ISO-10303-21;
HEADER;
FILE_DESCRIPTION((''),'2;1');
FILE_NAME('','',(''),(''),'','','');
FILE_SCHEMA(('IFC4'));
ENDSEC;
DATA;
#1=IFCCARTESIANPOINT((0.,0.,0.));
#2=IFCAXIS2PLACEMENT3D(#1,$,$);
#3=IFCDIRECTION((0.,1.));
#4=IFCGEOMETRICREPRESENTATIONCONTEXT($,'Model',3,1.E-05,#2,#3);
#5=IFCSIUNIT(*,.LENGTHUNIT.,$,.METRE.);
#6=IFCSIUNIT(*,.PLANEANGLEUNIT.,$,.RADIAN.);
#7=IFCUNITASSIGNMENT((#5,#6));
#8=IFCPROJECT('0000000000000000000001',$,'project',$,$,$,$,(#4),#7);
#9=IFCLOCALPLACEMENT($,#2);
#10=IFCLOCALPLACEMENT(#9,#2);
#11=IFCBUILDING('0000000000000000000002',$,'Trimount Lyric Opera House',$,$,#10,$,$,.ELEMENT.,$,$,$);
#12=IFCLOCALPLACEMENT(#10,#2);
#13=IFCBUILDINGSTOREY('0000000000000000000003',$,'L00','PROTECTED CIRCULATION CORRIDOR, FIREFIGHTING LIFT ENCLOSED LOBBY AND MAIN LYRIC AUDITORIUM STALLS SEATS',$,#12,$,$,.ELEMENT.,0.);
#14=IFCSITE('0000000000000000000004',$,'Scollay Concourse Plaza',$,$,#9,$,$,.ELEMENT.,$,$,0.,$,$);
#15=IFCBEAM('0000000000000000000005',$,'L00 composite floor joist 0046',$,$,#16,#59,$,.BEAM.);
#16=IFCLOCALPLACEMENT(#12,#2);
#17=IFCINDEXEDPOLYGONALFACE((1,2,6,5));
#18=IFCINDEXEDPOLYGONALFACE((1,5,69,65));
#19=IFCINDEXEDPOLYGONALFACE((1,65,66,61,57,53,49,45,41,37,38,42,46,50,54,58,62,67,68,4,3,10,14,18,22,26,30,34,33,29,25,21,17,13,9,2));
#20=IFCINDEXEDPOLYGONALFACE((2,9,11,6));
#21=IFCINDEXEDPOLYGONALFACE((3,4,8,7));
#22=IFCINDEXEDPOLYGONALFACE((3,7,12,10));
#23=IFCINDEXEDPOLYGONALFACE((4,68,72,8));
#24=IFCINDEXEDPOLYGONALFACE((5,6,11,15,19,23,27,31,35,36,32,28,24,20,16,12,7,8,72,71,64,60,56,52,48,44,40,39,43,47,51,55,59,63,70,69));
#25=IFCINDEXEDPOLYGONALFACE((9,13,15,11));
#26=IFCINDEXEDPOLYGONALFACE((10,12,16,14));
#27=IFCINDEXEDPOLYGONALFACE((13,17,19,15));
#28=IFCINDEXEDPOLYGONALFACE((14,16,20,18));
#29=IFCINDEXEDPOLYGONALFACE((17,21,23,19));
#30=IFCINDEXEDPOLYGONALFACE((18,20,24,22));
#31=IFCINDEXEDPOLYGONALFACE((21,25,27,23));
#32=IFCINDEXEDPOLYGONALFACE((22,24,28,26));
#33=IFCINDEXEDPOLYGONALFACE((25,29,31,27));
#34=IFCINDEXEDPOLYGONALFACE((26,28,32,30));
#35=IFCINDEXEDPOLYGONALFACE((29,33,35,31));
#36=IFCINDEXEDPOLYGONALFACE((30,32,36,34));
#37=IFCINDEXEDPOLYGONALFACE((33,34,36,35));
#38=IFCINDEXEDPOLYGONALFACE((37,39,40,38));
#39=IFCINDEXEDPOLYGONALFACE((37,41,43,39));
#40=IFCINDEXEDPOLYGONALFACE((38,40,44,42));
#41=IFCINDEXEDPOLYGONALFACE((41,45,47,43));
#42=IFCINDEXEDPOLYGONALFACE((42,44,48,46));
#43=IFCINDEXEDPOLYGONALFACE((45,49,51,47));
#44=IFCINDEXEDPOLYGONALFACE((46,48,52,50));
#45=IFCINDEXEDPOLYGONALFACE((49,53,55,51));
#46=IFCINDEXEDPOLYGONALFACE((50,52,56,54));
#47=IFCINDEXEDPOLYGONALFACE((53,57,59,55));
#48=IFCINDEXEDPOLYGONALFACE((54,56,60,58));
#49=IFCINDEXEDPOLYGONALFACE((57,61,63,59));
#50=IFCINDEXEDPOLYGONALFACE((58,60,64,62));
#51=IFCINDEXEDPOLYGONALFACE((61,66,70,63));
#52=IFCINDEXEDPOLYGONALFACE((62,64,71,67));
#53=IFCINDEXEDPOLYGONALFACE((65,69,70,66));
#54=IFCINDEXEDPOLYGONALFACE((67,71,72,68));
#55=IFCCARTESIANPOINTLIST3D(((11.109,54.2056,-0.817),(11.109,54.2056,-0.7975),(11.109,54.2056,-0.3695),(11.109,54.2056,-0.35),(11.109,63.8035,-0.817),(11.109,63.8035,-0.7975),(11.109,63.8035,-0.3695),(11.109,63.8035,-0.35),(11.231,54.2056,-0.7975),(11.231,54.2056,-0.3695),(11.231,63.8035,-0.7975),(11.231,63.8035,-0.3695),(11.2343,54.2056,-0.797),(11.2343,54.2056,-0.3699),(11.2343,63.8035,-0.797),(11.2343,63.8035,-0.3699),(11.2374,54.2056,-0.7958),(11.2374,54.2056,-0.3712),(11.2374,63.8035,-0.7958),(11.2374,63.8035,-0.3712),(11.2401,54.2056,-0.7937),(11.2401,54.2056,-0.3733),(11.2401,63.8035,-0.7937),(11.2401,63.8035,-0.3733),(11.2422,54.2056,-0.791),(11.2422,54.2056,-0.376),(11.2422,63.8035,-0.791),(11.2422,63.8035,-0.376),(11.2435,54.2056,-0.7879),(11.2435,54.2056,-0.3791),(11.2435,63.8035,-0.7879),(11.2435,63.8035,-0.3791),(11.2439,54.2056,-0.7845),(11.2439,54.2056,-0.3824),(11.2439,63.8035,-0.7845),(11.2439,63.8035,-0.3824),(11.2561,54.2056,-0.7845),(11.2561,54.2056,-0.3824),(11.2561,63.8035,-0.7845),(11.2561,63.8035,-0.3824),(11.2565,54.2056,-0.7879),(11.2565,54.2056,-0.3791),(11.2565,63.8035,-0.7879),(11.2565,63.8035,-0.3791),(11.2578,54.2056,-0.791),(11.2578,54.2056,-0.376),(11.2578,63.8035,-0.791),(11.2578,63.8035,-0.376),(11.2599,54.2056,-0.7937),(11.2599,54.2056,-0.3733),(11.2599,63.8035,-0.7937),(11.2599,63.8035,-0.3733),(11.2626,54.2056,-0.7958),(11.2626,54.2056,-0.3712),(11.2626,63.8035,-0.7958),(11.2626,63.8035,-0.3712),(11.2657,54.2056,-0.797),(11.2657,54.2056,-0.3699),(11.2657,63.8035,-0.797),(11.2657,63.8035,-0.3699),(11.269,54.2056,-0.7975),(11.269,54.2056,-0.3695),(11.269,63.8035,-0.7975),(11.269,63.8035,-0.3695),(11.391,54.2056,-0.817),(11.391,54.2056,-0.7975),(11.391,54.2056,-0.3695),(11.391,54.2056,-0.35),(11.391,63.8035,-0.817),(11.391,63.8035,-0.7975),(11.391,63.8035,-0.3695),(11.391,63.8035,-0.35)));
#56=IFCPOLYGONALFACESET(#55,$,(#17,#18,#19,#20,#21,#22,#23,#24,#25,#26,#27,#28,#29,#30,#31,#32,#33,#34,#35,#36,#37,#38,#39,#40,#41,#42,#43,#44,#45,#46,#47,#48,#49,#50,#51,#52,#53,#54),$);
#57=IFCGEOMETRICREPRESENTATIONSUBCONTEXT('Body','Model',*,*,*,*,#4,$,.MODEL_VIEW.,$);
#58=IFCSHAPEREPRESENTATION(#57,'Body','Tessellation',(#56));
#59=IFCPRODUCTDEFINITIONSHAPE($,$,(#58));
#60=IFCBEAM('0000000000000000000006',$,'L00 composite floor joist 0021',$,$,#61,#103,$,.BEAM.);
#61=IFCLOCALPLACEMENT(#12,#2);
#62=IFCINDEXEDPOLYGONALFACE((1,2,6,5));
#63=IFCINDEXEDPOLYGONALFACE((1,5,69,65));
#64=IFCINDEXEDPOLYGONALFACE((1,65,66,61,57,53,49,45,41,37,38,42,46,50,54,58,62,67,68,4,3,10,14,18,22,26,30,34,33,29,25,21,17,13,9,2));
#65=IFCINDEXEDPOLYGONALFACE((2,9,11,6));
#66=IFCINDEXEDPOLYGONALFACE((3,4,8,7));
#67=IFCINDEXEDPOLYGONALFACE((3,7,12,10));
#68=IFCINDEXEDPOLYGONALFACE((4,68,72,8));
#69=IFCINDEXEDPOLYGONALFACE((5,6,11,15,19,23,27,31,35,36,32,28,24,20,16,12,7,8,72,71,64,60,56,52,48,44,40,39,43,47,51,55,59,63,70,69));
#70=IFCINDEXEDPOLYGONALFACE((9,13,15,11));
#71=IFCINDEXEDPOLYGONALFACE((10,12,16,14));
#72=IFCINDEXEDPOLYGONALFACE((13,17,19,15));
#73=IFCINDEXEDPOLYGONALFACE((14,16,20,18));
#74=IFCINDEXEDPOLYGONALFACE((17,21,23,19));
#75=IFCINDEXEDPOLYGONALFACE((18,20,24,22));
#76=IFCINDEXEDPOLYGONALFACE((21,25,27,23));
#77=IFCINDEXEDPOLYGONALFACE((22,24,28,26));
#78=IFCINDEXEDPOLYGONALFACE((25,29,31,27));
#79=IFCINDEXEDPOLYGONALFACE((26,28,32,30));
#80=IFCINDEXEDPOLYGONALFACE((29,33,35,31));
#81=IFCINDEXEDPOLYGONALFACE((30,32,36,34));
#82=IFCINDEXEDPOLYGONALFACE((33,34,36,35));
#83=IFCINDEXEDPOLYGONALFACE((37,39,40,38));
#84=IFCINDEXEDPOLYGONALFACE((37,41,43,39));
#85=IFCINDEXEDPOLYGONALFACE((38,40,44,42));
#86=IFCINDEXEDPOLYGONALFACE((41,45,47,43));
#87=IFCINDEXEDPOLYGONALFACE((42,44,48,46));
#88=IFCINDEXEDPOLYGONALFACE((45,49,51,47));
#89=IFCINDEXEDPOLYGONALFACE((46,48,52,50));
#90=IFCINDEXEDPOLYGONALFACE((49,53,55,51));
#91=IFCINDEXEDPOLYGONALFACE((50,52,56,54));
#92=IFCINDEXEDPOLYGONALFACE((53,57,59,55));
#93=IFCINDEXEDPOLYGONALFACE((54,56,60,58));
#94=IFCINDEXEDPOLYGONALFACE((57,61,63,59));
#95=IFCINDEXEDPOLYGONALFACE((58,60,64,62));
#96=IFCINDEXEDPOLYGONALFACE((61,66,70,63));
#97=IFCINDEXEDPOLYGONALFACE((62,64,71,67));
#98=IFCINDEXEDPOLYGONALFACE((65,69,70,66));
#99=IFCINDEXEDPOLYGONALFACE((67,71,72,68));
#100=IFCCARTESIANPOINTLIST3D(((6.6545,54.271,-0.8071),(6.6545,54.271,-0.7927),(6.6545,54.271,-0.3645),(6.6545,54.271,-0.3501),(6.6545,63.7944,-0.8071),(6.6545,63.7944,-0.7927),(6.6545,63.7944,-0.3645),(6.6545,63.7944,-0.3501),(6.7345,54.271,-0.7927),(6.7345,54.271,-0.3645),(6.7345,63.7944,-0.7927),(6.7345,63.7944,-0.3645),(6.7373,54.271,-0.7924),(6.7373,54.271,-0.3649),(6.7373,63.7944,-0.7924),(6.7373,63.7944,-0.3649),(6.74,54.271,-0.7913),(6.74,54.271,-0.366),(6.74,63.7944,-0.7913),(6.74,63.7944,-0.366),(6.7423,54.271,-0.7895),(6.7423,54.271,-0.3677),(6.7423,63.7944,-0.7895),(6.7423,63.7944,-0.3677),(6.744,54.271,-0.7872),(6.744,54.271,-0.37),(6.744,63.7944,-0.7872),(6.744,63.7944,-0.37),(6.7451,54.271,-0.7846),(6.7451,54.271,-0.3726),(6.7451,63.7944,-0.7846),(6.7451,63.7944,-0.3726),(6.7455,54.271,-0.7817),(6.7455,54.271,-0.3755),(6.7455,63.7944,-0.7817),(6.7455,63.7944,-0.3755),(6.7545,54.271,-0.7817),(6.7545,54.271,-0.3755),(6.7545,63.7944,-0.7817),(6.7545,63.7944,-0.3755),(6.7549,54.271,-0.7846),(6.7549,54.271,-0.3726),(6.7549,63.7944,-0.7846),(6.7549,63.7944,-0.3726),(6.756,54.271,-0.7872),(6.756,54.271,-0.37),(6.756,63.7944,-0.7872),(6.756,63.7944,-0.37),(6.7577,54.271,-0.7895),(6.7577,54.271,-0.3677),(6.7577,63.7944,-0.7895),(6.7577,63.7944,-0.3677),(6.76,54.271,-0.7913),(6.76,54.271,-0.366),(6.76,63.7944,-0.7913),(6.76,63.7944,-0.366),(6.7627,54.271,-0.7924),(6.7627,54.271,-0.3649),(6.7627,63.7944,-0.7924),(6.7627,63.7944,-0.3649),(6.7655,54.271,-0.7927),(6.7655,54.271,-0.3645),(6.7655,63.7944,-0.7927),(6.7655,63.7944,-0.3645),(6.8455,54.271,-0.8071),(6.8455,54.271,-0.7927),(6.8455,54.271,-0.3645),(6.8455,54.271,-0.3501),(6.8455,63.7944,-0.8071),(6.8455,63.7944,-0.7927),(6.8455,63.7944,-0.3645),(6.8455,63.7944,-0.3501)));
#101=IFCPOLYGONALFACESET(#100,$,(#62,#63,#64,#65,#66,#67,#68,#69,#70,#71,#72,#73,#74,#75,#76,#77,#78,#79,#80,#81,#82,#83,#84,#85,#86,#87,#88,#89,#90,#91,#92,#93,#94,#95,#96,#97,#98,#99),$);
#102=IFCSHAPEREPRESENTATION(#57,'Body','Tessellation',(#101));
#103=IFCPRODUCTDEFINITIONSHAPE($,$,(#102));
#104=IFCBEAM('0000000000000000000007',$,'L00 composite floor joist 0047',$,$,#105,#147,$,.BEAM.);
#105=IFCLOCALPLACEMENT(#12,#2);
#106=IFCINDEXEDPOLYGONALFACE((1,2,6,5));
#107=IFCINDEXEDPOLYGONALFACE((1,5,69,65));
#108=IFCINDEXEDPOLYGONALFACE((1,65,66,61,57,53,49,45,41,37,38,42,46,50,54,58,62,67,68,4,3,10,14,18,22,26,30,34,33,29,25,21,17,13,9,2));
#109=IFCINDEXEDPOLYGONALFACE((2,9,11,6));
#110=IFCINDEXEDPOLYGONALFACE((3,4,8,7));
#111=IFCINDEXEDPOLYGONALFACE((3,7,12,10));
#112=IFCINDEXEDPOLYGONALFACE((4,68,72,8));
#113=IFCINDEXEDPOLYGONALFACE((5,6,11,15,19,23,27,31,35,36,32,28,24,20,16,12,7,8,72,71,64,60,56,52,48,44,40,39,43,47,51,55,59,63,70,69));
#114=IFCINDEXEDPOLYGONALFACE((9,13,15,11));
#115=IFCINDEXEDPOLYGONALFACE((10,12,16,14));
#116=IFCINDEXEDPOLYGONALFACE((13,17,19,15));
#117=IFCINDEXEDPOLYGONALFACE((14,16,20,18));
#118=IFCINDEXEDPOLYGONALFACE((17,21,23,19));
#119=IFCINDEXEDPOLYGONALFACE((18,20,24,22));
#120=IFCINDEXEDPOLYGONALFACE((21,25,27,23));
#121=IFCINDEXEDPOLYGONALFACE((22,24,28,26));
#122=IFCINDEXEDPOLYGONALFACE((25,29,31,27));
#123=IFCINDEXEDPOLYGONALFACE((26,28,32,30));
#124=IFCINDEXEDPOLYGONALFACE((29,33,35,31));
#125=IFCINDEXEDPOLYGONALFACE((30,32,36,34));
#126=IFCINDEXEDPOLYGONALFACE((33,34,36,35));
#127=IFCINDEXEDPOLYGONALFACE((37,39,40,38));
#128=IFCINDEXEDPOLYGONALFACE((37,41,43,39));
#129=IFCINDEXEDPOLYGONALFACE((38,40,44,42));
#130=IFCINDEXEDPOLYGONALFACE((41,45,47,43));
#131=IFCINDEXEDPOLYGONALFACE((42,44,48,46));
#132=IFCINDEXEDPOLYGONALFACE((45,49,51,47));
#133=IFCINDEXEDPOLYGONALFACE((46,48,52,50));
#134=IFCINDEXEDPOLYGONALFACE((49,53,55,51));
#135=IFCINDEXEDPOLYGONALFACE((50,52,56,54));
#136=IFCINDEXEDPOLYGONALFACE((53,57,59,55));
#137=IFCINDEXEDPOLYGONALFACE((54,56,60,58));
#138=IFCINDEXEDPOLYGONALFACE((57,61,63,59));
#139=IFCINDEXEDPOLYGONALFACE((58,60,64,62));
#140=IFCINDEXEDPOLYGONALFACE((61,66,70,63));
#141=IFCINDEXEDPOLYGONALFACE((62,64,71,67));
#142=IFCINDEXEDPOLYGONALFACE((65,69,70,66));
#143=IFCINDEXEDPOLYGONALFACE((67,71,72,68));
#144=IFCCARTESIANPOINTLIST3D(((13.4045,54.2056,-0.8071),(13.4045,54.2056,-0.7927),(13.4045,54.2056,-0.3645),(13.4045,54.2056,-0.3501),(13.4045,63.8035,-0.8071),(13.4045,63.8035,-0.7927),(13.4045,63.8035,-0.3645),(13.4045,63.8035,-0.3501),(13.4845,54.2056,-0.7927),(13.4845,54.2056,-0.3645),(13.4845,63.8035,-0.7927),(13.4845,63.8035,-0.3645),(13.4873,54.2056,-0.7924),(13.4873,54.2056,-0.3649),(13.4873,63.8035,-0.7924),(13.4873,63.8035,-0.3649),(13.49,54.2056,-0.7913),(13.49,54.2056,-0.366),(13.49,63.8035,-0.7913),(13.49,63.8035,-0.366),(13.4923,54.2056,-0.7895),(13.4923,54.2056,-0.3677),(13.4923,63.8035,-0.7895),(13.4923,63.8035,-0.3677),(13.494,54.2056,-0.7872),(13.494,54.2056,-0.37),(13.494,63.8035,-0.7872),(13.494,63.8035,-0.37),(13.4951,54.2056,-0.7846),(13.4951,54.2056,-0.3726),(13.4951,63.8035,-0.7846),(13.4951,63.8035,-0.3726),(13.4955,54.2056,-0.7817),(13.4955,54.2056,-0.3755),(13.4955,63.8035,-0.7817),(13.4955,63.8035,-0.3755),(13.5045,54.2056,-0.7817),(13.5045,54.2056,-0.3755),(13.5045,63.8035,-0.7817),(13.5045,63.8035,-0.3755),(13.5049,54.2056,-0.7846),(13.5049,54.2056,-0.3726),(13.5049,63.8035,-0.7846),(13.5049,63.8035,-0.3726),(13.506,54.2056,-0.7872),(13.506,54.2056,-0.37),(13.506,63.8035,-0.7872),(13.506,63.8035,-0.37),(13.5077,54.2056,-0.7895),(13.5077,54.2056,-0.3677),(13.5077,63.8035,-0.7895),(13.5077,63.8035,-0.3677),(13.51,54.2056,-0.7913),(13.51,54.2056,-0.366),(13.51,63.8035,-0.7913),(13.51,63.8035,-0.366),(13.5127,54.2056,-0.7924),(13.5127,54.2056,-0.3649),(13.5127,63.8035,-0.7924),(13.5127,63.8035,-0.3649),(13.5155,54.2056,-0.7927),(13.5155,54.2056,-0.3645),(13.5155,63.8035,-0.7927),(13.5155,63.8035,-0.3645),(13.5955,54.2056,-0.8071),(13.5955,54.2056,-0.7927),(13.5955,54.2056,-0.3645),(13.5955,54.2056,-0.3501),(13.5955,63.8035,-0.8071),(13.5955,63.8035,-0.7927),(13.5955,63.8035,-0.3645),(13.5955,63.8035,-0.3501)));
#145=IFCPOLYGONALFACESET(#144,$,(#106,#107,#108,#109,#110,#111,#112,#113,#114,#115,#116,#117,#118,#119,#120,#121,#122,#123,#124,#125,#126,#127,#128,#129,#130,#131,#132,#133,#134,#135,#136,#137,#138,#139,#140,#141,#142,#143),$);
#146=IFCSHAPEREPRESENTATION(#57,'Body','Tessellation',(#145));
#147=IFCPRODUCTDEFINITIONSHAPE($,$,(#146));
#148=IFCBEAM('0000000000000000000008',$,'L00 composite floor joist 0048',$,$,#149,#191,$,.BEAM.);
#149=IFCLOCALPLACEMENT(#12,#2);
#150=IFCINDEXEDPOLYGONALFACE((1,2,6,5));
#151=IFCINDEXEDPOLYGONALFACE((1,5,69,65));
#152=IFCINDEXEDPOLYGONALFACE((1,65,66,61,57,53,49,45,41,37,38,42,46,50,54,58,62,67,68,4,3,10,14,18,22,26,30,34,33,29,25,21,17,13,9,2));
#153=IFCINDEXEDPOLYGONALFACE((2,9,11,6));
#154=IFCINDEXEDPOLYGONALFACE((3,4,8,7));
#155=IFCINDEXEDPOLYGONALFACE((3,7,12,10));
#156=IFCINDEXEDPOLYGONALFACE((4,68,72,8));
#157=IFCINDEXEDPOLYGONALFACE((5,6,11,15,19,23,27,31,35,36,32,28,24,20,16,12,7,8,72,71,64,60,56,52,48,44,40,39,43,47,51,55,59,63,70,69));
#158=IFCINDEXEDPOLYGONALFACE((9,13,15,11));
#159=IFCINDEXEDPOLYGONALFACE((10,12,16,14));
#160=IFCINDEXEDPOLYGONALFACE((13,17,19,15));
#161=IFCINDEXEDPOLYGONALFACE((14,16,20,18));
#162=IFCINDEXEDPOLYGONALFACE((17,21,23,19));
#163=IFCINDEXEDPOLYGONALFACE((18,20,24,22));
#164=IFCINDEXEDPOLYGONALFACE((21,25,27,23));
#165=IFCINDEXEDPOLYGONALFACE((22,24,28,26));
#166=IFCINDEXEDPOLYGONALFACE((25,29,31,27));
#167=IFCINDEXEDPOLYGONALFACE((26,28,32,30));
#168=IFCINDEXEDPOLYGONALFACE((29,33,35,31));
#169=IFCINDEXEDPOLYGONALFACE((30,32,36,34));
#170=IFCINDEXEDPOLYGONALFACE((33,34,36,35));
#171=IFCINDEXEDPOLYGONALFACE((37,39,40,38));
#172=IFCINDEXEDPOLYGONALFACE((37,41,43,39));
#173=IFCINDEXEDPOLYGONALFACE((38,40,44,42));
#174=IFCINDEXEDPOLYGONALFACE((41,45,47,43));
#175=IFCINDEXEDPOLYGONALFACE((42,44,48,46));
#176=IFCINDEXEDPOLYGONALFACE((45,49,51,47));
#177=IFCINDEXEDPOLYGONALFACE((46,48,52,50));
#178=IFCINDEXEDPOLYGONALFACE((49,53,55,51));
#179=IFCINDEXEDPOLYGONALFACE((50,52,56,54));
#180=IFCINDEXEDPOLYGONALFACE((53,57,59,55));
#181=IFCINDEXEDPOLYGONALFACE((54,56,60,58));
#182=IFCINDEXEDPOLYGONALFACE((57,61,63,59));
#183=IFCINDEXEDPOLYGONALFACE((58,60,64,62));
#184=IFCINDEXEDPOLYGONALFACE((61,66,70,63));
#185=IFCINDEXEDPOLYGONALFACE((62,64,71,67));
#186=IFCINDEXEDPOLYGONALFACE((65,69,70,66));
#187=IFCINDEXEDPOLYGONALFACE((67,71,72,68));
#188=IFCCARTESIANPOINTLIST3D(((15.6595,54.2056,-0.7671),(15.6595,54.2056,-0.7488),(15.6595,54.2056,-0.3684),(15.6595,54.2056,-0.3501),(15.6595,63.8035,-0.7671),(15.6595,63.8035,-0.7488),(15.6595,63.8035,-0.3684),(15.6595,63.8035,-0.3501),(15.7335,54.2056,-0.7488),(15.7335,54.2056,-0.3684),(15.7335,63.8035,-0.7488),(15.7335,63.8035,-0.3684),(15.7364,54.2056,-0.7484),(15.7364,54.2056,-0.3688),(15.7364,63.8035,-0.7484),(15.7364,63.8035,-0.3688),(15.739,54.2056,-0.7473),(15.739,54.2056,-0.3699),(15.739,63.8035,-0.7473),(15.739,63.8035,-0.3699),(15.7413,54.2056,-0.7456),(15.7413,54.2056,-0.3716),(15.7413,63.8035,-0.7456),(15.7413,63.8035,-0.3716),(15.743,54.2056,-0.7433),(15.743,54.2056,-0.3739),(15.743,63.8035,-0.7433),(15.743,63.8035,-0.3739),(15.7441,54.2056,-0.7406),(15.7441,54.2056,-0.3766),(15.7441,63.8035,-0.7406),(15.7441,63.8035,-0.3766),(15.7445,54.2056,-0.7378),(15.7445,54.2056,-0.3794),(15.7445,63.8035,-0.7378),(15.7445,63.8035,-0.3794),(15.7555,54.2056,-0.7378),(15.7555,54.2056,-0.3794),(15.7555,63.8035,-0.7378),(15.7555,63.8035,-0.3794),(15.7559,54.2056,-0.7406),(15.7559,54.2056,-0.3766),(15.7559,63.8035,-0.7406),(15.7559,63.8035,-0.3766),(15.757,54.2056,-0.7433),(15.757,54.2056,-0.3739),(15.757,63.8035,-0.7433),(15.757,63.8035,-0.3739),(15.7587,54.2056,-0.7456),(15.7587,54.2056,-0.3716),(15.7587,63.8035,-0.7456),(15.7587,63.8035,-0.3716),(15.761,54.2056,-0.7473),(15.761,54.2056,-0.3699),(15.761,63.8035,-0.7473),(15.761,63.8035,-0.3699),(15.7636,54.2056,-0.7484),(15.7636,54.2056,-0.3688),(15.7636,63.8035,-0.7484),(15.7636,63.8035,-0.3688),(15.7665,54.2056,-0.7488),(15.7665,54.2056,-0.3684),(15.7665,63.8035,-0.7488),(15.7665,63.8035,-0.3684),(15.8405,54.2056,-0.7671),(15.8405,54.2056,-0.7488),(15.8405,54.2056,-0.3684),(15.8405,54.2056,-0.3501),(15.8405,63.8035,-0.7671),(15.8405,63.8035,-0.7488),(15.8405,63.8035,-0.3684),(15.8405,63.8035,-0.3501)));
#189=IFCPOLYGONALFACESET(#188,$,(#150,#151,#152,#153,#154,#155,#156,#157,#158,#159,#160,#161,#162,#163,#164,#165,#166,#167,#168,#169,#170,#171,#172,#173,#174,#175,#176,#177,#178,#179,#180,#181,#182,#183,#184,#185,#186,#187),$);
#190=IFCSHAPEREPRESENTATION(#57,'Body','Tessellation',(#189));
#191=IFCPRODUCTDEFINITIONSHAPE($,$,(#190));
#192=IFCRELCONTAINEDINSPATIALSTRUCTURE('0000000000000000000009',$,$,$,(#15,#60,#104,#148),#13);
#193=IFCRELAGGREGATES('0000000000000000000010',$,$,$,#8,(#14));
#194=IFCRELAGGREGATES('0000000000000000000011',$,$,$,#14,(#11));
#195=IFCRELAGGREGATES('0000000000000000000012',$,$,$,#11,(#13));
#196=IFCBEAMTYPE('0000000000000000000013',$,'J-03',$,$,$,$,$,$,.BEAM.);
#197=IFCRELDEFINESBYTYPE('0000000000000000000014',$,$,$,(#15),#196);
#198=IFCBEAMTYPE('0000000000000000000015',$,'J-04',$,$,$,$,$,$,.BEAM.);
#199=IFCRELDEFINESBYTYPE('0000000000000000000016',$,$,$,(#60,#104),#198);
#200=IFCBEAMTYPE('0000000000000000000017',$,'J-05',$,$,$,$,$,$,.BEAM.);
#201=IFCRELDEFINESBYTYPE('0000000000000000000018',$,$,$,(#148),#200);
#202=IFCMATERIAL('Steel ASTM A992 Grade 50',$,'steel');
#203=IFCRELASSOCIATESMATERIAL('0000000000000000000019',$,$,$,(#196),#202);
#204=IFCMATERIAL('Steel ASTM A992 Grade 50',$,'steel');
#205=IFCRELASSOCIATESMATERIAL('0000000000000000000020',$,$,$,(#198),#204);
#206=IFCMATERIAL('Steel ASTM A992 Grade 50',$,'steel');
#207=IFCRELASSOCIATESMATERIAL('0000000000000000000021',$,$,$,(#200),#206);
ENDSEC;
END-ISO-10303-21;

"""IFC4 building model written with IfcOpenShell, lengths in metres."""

from ifc_helpers import new_model, si_unit, direction, frame, origin, origin_2d, place, context, subcontext, project, spatial, i_section, extrude, material, material_profile, profile_set, type_object, element, save


model = new_model("IFC4")

# Units and contexts
model_context = context("Model", 3, precision=1e-05, world=origin(), true_north=direction((0.0, 1.0)))
body_context = subcontext(model_context, "Body", "Model", "MODEL_VIEW")
ifc_project = project(units=[si_unit("LENGTHUNIT", "METRE"), si_unit("PLANEANGLEUNIT", "RADIAN")], contexts=[model_context])

# Site, building, storey
site_placement = place(None, origin())
site = spatial("IfcSite", under=ifc_project, at=site_placement, Name="Scollay Concourse Plaza", CompositionType="ELEMENT", RefElevation=0.0)
building_placement = place(site_placement, origin())
building = spatial("IfcBuilding", under=site, at=building_placement, Name="Trimount Lyric Opera House", CompositionType="ELEMENT")
storey_placement = place(building_placement, origin())
storey = spatial("IfcBuildingStorey", under=building, at=storey_placement, Name="L00", Description="PROTECTED CIRCULATION CORRIDOR, FIREFIGHTING LIFT ENCLOSED LOBBY AND MAIN LYRIC AUDITORIUM STALLS SEATS", CompositionType="ELEMENT", Elevation=0.0)

# Beams
ifc_material_1 = material(Name="Steel ASTM A992 Grade 50", Category="steel")
ifc_material_profile_1 = material_profile(ifc_material_1, i_section(OverallWidth=0.282, OverallDepth=0.467, WebThickness=0.0122, FlangeThickness=0.0195, FilletRadius=0.0129, at=origin_2d()), Name="W18X86")
ifc_profile_set_1 = profile_set([ifc_material_profile_1], Name="Steel ASTM A992 Grade 50")
beam_type_1 = type_object("IfcBeamType", Name="J-03", PredefinedType="BEAM", material=ifc_profile_set_1)
beam_1_placement = place(storey_placement, frame((11.25, 54.2056, -0.5835), z_axis=(0.0, 1.0, 0.0), x_axis=(-1.0, 0.0, 0.0)))
element("IfcBeam", 1, at=beam_1_placement, inside=storey, type_object=beam_type_1, Name="L00 composite floor joist 0046", PredefinedType="BEAM", context=body_context, shape_type="SweptSolid", body=[
    extrude(i_section(OverallWidth=0.282, OverallDepth=0.467, WebThickness=0.0122, FlangeThickness=0.0195, FilletRadius=0.0129, at=origin_2d()), origin(), (0.0, 0.0, 1.0), 9.5979),
])
ifc_material_2 = material(Name="Steel ASTM A992 Grade 50", Category="steel")
ifc_material_profile_2 = material_profile(ifc_material_2, i_section(OverallWidth=0.1909, OverallDepth=0.457, WebThickness=0.009, FlangeThickness=0.0144, FilletRadius=0.011, at=origin_2d()), Name="W18X50")
ifc_profile_set_2 = profile_set([ifc_material_profile_2], Name="Steel ASTM A992 Grade 50")
beam_type_2 = type_object("IfcBeamType", Name="J-04", PredefinedType="BEAM", material=ifc_profile_set_2)
beam_2_placement = place(storey_placement, frame((6.75, 54.271, -0.5786), z_axis=(0.0, 1.0, 0.0), x_axis=(-1.0, 0.0, 0.0)))
element("IfcBeam", 2, at=beam_2_placement, inside=storey, type_object=beam_type_2, Name="L00 composite floor joist 0021", PredefinedType="BEAM", context=body_context, shape_type="SweptSolid", body=[
    extrude(i_section(OverallWidth=0.1909, OverallDepth=0.457, WebThickness=0.009, FlangeThickness=0.0144, FilletRadius=0.011, at=origin_2d()), origin(), (0.0, 0.0, 1.0), 9.5234),
])
beam_3_placement = place(storey_placement, frame((13.5, 54.2056, -0.5786), z_axis=(0.0, 1.0, 0.0), x_axis=(-1.0, 0.0, 0.0)))
element("IfcBeam", 3, at=beam_3_placement, inside=storey, type_object=beam_type_2, Name="L00 composite floor joist 0047", PredefinedType="BEAM", context=body_context, shape_type="SweptSolid", body=[
    extrude(i_section(OverallWidth=0.1909, OverallDepth=0.457, WebThickness=0.009, FlangeThickness=0.0144, FilletRadius=0.011, at=origin_2d()), origin(), (0.0, 0.0, 1.0), 9.5979),
])
ifc_material_3 = material(Name="Steel ASTM A992 Grade 50", Category="steel")
ifc_material_profile_3 = material_profile(ifc_material_3, i_section(OverallWidth=0.1809, OverallDepth=0.417, WebThickness=0.011, FlangeThickness=0.0183, FilletRadius=0.011, at=origin_2d()), Name="W16X57")
ifc_profile_set_3 = profile_set([ifc_material_profile_3], Name="Steel ASTM A992 Grade 50")
beam_type_3 = type_object("IfcBeamType", Name="J-05", PredefinedType="BEAM", material=ifc_profile_set_3)
beam_4_placement = place(storey_placement, frame((15.75, 54.2056, -0.5586), z_axis=(0.0, 1.0, 0.0), x_axis=(-1.0, 0.0, 0.0)))
element("IfcBeam", 4, at=beam_4_placement, inside=storey, type_object=beam_type_3, Name="L00 composite floor joist 0048", PredefinedType="BEAM", context=body_context, shape_type="SweptSolid", body=[
    extrude(i_section(OverallWidth=0.1809, OverallDepth=0.417, WebThickness=0.011, FlangeThickness=0.0183, FilletRadius=0.011, at=origin_2d()), origin(), (0.0, 0.0, 1.0), 9.5979),
])

save(model, "model.ifc")
